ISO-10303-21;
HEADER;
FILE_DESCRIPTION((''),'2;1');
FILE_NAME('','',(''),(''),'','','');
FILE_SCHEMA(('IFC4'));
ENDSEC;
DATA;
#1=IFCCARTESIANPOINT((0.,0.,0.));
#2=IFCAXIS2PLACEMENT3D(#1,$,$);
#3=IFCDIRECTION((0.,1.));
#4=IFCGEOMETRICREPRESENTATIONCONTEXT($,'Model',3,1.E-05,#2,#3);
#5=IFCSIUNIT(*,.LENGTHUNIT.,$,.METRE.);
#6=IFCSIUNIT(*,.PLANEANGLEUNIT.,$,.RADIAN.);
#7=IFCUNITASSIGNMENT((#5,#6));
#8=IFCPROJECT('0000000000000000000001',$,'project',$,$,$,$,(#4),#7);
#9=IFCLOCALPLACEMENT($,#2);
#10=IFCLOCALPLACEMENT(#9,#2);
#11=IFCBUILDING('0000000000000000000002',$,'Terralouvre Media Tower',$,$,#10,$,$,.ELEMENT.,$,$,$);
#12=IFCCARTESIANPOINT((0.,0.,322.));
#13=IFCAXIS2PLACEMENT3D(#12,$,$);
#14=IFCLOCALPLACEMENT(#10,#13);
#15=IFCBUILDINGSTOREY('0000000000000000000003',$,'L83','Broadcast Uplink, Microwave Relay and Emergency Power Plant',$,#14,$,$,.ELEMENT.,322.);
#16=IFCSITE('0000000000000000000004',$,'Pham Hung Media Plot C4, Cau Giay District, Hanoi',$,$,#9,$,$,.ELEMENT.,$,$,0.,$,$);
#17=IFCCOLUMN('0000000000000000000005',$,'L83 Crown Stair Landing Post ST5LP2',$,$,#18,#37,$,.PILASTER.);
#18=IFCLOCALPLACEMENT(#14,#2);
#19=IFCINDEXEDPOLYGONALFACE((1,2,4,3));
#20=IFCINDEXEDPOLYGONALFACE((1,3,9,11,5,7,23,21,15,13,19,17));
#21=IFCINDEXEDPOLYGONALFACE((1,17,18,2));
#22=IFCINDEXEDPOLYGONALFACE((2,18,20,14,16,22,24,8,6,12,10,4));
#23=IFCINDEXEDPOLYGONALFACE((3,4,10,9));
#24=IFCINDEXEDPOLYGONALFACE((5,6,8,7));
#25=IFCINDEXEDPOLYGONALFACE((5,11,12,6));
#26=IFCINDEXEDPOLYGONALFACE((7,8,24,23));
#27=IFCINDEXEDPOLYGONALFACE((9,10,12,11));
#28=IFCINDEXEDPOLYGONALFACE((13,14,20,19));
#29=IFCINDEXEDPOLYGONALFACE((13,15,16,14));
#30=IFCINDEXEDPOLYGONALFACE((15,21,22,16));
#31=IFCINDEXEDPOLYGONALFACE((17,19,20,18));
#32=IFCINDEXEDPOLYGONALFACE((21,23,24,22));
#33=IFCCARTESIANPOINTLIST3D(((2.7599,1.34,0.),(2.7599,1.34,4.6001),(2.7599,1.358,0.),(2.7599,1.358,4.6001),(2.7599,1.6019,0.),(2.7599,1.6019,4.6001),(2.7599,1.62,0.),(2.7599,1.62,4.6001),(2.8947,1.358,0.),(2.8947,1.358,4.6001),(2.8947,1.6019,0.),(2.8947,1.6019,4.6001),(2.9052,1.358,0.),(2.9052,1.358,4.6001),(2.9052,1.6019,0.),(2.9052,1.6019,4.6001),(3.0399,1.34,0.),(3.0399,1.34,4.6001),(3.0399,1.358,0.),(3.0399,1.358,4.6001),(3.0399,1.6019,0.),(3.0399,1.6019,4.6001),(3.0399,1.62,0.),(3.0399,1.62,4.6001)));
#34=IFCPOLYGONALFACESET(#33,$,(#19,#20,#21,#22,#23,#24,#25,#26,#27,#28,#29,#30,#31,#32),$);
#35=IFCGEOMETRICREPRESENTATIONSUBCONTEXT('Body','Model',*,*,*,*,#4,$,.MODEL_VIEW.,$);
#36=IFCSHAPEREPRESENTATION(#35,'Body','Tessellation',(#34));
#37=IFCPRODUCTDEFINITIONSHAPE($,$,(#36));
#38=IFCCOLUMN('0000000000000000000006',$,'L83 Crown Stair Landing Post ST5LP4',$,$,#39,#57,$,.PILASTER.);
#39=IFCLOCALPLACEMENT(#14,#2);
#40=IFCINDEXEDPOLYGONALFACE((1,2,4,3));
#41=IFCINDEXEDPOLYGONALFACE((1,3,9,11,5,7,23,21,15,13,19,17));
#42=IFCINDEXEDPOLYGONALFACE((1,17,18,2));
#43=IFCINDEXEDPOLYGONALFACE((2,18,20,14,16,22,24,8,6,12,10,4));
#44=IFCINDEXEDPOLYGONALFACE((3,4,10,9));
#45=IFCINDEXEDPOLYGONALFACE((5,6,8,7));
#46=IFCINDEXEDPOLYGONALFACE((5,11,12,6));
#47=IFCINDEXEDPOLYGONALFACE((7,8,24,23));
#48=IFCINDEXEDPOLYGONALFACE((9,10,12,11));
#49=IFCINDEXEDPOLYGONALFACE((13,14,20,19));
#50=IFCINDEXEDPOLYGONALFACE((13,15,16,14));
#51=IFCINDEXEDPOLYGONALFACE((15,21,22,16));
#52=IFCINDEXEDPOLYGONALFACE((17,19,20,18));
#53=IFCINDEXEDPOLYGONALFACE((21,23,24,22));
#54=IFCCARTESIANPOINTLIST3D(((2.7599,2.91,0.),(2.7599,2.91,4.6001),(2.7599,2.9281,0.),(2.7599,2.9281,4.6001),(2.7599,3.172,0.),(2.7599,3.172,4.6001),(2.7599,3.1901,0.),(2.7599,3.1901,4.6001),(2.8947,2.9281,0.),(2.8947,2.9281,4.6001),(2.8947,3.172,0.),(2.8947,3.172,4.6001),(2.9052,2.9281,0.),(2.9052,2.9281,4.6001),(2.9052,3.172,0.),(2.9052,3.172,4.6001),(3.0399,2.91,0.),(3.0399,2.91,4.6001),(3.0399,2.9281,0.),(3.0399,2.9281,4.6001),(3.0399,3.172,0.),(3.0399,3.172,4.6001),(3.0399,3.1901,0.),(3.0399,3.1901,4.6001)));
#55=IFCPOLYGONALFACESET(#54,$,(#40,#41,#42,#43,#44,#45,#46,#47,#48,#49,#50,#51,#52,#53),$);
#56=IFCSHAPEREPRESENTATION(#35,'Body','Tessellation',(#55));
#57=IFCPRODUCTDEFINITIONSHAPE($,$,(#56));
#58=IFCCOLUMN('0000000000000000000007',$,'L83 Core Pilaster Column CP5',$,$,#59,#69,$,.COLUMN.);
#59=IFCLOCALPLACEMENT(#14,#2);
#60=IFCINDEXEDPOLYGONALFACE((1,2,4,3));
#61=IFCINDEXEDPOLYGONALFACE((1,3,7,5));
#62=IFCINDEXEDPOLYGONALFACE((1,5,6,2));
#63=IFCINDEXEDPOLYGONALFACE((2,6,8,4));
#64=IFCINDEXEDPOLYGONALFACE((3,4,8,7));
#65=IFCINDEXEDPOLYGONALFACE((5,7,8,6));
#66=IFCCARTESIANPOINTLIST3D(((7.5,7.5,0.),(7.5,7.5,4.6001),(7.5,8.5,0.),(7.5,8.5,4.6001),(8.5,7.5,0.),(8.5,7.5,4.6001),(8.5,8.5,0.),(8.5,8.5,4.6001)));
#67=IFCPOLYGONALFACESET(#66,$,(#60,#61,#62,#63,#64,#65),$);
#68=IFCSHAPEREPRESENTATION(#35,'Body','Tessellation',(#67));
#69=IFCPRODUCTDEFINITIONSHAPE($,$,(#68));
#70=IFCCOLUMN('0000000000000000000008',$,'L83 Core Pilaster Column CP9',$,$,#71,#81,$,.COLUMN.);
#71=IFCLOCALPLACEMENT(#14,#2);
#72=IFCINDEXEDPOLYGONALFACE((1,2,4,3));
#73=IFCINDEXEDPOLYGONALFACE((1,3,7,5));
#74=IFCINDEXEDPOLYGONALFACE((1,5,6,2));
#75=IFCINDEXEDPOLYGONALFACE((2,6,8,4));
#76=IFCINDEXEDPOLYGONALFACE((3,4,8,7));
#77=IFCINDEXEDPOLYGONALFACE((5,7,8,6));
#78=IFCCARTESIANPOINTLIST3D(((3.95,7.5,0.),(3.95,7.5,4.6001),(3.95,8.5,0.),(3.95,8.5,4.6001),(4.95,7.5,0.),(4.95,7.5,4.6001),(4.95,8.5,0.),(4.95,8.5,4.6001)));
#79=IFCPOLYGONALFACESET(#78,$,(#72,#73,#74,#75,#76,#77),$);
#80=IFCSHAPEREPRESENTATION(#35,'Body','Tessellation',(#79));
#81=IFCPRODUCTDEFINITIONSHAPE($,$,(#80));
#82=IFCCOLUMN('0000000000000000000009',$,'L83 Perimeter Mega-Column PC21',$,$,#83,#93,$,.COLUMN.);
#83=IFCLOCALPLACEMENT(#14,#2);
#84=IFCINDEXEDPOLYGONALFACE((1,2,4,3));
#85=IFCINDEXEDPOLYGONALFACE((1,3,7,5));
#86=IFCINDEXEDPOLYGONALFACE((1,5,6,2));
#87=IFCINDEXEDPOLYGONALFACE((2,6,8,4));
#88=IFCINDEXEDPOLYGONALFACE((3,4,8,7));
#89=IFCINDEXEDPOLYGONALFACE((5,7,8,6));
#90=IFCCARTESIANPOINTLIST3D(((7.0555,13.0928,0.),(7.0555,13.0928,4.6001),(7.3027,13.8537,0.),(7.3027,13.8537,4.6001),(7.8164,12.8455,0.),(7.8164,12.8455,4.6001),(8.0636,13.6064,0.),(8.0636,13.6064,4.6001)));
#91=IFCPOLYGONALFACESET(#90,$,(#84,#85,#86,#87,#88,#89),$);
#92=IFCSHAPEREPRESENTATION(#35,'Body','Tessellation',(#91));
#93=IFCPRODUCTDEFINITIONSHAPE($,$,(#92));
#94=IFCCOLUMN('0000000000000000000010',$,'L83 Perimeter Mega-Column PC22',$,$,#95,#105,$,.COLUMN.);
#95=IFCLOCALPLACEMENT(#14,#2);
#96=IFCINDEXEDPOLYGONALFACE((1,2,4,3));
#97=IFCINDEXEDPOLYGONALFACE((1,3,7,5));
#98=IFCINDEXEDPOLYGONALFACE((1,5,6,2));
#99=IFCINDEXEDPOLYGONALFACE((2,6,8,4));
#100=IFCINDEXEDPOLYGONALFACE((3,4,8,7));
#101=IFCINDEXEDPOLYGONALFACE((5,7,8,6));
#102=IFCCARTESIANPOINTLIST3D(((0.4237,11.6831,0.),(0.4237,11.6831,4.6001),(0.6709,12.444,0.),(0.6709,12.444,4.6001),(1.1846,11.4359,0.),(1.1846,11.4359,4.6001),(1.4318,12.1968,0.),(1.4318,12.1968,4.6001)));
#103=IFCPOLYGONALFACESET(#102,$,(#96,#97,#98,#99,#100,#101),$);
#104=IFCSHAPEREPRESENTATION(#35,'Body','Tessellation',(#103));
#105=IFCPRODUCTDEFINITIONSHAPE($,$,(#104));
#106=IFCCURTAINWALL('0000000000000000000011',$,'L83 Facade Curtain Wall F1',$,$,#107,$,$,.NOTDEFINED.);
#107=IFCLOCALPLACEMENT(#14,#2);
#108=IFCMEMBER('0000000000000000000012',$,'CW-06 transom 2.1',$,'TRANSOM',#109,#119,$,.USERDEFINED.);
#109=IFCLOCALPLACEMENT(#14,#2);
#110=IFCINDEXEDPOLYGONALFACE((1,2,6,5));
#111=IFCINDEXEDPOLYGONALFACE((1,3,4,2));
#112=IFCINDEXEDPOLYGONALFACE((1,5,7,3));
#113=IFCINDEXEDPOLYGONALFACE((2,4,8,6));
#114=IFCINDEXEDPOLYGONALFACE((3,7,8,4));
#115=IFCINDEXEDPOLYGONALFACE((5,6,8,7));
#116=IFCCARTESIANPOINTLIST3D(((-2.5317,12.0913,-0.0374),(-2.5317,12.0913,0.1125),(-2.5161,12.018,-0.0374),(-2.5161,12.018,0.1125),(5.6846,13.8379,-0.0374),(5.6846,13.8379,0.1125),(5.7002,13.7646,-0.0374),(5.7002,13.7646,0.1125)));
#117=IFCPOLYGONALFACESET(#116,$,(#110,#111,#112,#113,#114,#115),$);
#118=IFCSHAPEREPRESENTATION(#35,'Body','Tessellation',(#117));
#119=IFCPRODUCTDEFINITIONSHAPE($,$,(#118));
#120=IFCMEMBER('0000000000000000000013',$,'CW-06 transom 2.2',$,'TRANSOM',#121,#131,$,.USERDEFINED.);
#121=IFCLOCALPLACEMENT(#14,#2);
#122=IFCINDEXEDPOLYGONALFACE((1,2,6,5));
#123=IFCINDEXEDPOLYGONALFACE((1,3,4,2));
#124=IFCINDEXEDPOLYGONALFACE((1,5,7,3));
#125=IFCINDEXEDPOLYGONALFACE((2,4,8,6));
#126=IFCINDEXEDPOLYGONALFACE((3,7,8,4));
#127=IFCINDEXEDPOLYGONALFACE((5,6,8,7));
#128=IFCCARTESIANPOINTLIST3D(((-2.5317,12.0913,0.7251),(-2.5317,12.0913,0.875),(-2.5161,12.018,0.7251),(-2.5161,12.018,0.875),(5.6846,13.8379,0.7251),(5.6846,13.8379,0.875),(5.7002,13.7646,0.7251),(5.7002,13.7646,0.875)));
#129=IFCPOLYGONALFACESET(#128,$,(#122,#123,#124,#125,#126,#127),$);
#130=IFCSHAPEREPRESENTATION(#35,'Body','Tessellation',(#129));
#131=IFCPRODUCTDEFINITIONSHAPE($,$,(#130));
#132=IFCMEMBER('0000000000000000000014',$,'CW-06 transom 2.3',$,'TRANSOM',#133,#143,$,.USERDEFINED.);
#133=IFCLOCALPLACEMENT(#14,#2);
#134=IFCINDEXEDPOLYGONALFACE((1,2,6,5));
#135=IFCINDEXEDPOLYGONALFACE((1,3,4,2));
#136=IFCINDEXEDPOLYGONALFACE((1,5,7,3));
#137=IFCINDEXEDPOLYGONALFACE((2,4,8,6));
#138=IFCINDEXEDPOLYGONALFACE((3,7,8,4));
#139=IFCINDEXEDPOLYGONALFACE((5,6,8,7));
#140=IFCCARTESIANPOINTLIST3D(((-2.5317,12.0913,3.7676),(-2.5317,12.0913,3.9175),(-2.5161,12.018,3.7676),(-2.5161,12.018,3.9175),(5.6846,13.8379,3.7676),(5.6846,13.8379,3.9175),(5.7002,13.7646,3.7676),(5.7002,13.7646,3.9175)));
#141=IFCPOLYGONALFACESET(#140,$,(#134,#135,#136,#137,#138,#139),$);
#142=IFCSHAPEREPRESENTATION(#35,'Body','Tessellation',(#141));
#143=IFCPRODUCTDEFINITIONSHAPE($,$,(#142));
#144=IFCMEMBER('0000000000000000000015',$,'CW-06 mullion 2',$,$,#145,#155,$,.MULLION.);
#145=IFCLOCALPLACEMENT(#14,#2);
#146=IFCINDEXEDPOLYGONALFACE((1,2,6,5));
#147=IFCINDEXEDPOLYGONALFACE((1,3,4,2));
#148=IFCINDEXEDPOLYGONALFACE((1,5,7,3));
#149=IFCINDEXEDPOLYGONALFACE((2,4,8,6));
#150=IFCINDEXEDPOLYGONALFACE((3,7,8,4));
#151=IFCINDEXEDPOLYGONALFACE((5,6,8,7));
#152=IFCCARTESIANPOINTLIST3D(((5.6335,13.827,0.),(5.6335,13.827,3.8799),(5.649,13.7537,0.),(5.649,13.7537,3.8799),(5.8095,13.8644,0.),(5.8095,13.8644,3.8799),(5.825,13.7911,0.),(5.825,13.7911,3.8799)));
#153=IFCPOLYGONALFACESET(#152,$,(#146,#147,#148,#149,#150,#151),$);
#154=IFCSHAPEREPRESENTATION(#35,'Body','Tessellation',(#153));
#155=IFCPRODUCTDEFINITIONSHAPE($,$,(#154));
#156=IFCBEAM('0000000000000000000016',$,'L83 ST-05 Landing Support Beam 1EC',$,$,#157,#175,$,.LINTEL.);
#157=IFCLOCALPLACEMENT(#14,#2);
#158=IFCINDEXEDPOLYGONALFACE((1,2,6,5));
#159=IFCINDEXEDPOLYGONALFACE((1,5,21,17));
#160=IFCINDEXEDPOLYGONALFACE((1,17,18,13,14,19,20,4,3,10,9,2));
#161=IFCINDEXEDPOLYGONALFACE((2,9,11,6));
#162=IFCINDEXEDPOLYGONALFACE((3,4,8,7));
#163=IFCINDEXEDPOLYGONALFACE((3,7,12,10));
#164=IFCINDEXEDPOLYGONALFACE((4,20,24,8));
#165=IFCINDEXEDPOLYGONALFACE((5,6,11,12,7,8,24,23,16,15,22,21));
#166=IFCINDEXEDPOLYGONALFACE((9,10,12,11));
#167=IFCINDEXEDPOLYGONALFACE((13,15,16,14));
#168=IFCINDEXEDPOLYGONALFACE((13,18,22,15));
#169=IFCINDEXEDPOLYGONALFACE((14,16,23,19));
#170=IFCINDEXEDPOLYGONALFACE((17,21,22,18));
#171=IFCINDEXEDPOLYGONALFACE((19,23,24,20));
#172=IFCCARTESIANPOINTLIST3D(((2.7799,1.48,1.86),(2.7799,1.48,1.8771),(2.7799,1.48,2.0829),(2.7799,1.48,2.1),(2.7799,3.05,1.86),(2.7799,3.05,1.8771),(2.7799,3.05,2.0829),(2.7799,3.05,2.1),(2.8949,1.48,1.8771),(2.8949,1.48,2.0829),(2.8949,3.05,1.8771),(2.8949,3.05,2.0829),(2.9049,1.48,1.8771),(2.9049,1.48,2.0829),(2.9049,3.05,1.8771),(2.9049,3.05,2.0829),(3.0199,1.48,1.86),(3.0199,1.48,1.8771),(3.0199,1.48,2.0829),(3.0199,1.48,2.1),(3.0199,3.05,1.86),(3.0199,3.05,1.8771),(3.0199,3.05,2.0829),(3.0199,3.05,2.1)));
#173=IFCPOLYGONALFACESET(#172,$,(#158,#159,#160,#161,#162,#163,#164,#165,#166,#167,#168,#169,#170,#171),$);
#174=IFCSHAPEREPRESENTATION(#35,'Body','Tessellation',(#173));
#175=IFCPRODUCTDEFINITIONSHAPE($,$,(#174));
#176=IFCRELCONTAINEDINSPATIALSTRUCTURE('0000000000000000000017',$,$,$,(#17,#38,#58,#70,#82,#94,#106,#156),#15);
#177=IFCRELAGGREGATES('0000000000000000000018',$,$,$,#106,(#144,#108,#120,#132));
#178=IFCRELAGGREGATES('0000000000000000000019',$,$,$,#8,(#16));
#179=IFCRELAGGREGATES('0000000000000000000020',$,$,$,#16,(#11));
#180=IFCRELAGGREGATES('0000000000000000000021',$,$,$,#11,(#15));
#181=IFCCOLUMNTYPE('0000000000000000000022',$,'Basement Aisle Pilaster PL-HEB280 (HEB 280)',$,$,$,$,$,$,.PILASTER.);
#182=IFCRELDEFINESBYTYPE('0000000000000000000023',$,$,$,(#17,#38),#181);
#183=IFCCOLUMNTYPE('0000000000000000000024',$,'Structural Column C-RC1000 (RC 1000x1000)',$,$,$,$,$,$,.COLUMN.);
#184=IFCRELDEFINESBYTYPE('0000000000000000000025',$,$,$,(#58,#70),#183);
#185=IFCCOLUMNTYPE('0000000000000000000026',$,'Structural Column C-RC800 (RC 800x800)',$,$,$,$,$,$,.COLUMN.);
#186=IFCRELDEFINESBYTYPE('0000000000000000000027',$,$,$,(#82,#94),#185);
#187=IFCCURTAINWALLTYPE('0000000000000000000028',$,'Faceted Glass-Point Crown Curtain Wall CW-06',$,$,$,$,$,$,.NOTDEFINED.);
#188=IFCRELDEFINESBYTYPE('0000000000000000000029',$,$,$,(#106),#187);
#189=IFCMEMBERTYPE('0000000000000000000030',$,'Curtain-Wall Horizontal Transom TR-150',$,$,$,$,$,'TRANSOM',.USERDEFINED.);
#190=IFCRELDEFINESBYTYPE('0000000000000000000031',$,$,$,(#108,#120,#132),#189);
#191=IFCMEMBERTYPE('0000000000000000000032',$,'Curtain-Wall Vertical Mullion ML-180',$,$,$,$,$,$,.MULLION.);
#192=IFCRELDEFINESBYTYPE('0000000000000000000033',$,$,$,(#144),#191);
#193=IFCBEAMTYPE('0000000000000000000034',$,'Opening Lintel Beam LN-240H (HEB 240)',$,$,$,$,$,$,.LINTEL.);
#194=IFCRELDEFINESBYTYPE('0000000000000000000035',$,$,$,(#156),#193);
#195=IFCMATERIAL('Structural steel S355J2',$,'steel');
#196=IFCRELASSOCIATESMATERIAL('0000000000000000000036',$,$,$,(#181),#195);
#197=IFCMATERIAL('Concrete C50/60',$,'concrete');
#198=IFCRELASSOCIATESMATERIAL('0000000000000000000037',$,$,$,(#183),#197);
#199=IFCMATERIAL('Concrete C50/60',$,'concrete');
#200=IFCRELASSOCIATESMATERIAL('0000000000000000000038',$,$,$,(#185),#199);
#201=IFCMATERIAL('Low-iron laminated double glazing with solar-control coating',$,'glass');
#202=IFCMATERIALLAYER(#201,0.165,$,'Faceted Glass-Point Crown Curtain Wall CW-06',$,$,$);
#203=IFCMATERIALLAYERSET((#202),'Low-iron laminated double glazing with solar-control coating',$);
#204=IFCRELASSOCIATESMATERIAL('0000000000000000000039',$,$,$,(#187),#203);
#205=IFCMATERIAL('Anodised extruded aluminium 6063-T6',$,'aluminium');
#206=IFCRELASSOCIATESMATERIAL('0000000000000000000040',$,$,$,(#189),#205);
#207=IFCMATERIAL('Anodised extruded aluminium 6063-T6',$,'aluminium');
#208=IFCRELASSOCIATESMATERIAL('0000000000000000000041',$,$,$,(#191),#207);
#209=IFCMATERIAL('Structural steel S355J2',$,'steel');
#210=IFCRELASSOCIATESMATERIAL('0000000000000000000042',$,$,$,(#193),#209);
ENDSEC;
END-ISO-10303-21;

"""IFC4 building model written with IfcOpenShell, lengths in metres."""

from ifc_helpers import new_model, si_unit, direction, frame, origin, origin_2d, place, context, subcontext, project, spatial, rectangle, i_section, extrude, material, layer, layer_set, material_profile, profile_set, type_object, element, aggregate, save


model = new_model("IFC4")

# Units and contexts
model_context = context("Model", 3, precision=1e-05, world=origin(), true_north=direction((0.0, 1.0)))
body_context = subcontext(model_context, "Body", "Model", "MODEL_VIEW")
ifc_project = project(units=[si_unit("LENGTHUNIT", "METRE"), si_unit("PLANEANGLEUNIT", "RADIAN")], contexts=[model_context])

# Site, building, storey
site_placement = place(None, origin())
site = spatial("IfcSite", under=ifc_project, at=site_placement, Name="Pham Hung Media Plot C4, Cau Giay District, Hanoi", CompositionType="ELEMENT", RefElevation=0.0)
building_placement = place(site_placement, origin())
building = spatial("IfcBuilding", under=site, at=building_placement, Name="Terralouvre Media Tower", CompositionType="ELEMENT")
storey_placement = place(building_placement, frame((0.0, 0.0, 322.0)))
storey = spatial("IfcBuildingStorey", under=building, at=storey_placement, Name="L83", Description="Broadcast Uplink, Microwave Relay and Emergency Power Plant", CompositionType="ELEMENT", Elevation=322.0)

# Columns
ifc_material_1 = material(Name="Structural steel S355J2", Category="steel")
ifc_material_profile_1 = material_profile(ifc_material_1, i_section(OverallWidth=0.28, OverallDepth=0.28, WebThickness=0.0105, FlangeThickness=0.0181, at=origin_2d()), Name="HEB 280")
ifc_profile_set_1 = profile_set([ifc_material_profile_1], Name="Structural steel S355J2")
column_type_1 = type_object("IfcColumnType", Name="Basement Aisle Pilaster PL-HEB280 (HEB 280)", PredefinedType="PILASTER", material=ifc_profile_set_1)
for number, where, z_axis, x_axis, name in (
    (1, (2.8999, 1.48, 0.0), (0.0, 0.0, 1.0), (1.0, 0.0, 0.0), "L83 Crown Stair Landing Post ST5LP2"),
    (2, (2.8999, 3.05, 0.0), (0.0, 0.0, 1.0), (1.0, 0.0, 0.0), "L83 Crown Stair Landing Post ST5LP4"),
):
    element("IfcColumn", number, at=place(storey_placement, frame(where, z_axis=z_axis, x_axis=x_axis)), inside=storey, type_object=column_type_1, Name=name, PredefinedType="PILASTER", context=body_context, shape_type="SweptSolid", body=[
        extrude(i_section(OverallWidth=0.28, OverallDepth=0.28, WebThickness=0.0105, FlangeThickness=0.0181, at=origin_2d()), origin(), (0.0, 0.0, 1.0), 4.6001),
    ])
ifc_material_2 = material(Name="Concrete C50/60", Category="concrete")
ifc_material_profile_2 = material_profile(ifc_material_2, rectangle(XDim=1.0, YDim=1.0, at=origin_2d()), Name="RC 1000x1000")
ifc_profile_set_2 = profile_set([ifc_material_profile_2], Name="Concrete C50/60")
column_type_2 = type_object("IfcColumnType", Name="Structural Column C-RC1000 (RC 1000x1000)", PredefinedType="COLUMN", material=ifc_profile_set_2)
for number, where, z_axis, x_axis, name in (
    (3, (8.0, 8.0, 0.0), (0.0, 0.0, 1.0), (1.0, 0.0, 0.0), "L83 Core Pilaster Column CP5"),
    (4, (4.45, 8.0, 0.0), (0.0, 0.0, 1.0), (1.0, 0.0, 0.0), "L83 Core Pilaster Column CP9"),
):
    element("IfcColumn", number, at=place(storey_placement, frame(where, z_axis=z_axis, x_axis=x_axis)), inside=storey, type_object=column_type_2, Name=name, PredefinedType="COLUMN", context=body_context, shape_type="SweptSolid", body=[
        extrude(rectangle(XDim=1.0, YDim=1.0, at=origin_2d()), origin(), (0.0, 0.0, 1.0), 4.6001),
    ])
ifc_material_3 = material(Name="Concrete C50/60", Category="concrete")
ifc_material_profile_3 = material_profile(ifc_material_3, rectangle(XDim=0.8, YDim=0.8, at=origin_2d()), Name="RC 800x800")
ifc_profile_set_3 = profile_set([ifc_material_profile_3], Name="Concrete C50/60")
column_type_3 = type_object("IfcColumnType", Name="Structural Column C-RC800 (RC 800x800)", PredefinedType="COLUMN", material=ifc_profile_set_3)
for number, where, z_axis, x_axis, name in (
    (5, (7.5596, 13.3496, 0.0), (0.0, 0.0, 1.0), (0.309017, 0.951057, 0.0), "L83 Perimeter Mega-Column PC21"),
    (6, (0.9277, 11.9399, 0.0), (0.0, 0.0, 1.0), (0.309017, 0.951057, 0.0), "L83 Perimeter Mega-Column PC22"),
):
    element("IfcColumn", number, at=place(storey_placement, frame(where, z_axis=z_axis, x_axis=x_axis)), inside=storey, type_object=column_type_3, Name=name, PredefinedType="COLUMN", context=body_context, shape_type="SweptSolid", body=[
        extrude(rectangle(XDim=0.8, YDim=0.8, at=origin_2d()), origin(), (0.0, 0.0, 1.0), 4.6001),
    ])

# Curtain wall, members
ifc_material_4 = material(Name="Low-iron laminated double glazing with solar-control coating", Category="glass")
ifc_layer_1 = layer(ifc_material_4, 0.165, Name="Faceted Glass-Point Crown Curtain Wall CW-06")
ifc_layer_set_1 = layer_set([ifc_layer_1], Name="Low-iron laminated double glazing with solar-control coating")
curtain_wall_type = type_object("IfcCurtainWallType", Name="Faceted Glass-Point Crown Curtain Wall CW-06", PredefinedType="NOTDEFINED", material=ifc_layer_set_1)
curtain_wall_placement = place(storey_placement, origin())
curtain_wall = element("IfcCurtainWall", 7, at=curtain_wall_placement, inside=storey, type_object=curtain_wall_type, Name="L83 Facade Curtain Wall F1", PredefinedType="NOTDEFINED")
ifc_material_5 = material(Name="Anodised extruded aluminium 6063-T6", Category="aluminium")
ifc_material_profile_4 = material_profile(ifc_material_5, rectangle(XDim=0.075, YDim=0.1499, at=origin_2d()), Name="ALU 75x150")
ifc_profile_set_4 = profile_set([ifc_material_profile_4], Name="Anodised extruded aluminium 6063-T6")
member_type_1 = type_object("IfcMemberType", Name="Curtain-Wall Horizontal Transom TR-150", ElementType="TRANSOM", PredefinedType="USERDEFINED", material=ifc_profile_set_4)
member_1_placement = place(storey_placement, frame((5.6924, 13.8013, 0.0376), z_axis=(-0.978144, -0.207929, 0.0), x_axis=(0.207929, -0.978144, 0.0)))
member_1 = element("IfcMember", 8, at=member_1_placement, type_object=member_type_1, Name="CW-06 transom 2.1", ObjectType="TRANSOM", PredefinedType="USERDEFINED", context=body_context, shape_type="SweptSolid", body=[
    extrude(rectangle(XDim=0.075, YDim=0.1499, at=origin_2d()), origin(), (0.0, 0.0, 1.0), 8.3999),
])
member_2_placement = place(storey_placement, frame((5.6924, 13.8013, 0.8), z_axis=(-0.978144, -0.207929, 0.0), x_axis=(0.207929, -0.978144, 0.0)))
member_2 = element("IfcMember", 9, at=member_2_placement, type_object=member_type_1, Name="CW-06 transom 2.2", ObjectType="TRANSOM", PredefinedType="USERDEFINED", context=body_context, shape_type="SweptSolid", body=[
    extrude(rectangle(XDim=0.075, YDim=0.1499, at=origin_2d()), origin(), (0.0, 0.0, 1.0), 8.3999),
])
member_3_placement = place(storey_placement, frame((5.6924, 13.8013, 3.8425), z_axis=(-0.978144, -0.207929, 0.0), x_axis=(0.207929, -0.978144, 0.0)))
member_3 = element("IfcMember", 10, at=member_3_placement, type_object=member_type_1, Name="CW-06 transom 2.3", ObjectType="TRANSOM", PredefinedType="USERDEFINED", context=body_context, shape_type="SweptSolid", body=[
    extrude(rectangle(XDim=0.075, YDim=0.1499, at=origin_2d()), origin(), (0.0, 0.0, 1.0), 8.3999),
])
ifc_material_6 = material(Name="Anodised extruded aluminium 6063-T6", Category="aluminium")
ifc_material_profile_5 = material_profile(ifc_material_6, rectangle(XDim=0.075, YDim=0.1799, at=origin_2d()), Name="ALU 75x180")
ifc_profile_set_5 = profile_set([ifc_material_profile_5], Name="Anodised extruded aluminium 6063-T6")
member_type_2 = type_object("IfcMemberType", Name="Curtain-Wall Vertical Mullion ML-180", PredefinedType="MULLION", material=ifc_profile_set_5)
member_4_placement = place(storey_placement, frame((5.7292, 13.8091, 0.0), z_axis=(0.0, 0.0, 1.0), x_axis=(0.207912, -0.978148, 0.0)))
member_4 = element("IfcMember", 11, at=member_4_placement, type_object=member_type_2, Name="CW-06 mullion 2", PredefinedType="MULLION", context=body_context, shape_type="SweptSolid", body=[
    extrude(rectangle(XDim=0.075, YDim=0.1799, at=origin_2d()), origin(), (0.0, 0.0, 1.0), 3.8799),
])

# Beam
ifc_material_7 = material(Name="Structural steel S355J2", Category="steel")
ifc_material_profile_6 = material_profile(ifc_material_7, i_section(OverallWidth=0.24, OverallDepth=0.24, WebThickness=0.01, FlangeThickness=0.0171, at=origin_2d()), Name="HEB 240")
ifc_profile_set_6 = profile_set([ifc_material_profile_6], Name="Structural steel S355J2")
beam_type_1 = type_object("IfcBeamType", Name="Opening Lintel Beam LN-240H (HEB 240)", PredefinedType="LINTEL", material=ifc_profile_set_6)
beam_1_placement = place(storey_placement, frame((2.8999, 1.48, 1.98), z_axis=(0.0, 1.0, 0.0), x_axis=(-1.0, 0.0, 0.0)))
element("IfcBeam", 12, at=beam_1_placement, inside=storey, type_object=beam_type_1, Name="L83 ST-05 Landing Support Beam 1EC", PredefinedType="LINTEL", context=body_context, shape_type="SweptSolid", body=[
    extrude(i_section(OverallWidth=0.24, OverallDepth=0.24, WebThickness=0.01, FlangeThickness=0.0171, at=origin_2d()), origin(), (0.0, 0.0, 1.0), 1.5701),
])

aggregate(curtain_wall, [member_4, member_1, member_2, member_3])

save(model, "model.ifc")
